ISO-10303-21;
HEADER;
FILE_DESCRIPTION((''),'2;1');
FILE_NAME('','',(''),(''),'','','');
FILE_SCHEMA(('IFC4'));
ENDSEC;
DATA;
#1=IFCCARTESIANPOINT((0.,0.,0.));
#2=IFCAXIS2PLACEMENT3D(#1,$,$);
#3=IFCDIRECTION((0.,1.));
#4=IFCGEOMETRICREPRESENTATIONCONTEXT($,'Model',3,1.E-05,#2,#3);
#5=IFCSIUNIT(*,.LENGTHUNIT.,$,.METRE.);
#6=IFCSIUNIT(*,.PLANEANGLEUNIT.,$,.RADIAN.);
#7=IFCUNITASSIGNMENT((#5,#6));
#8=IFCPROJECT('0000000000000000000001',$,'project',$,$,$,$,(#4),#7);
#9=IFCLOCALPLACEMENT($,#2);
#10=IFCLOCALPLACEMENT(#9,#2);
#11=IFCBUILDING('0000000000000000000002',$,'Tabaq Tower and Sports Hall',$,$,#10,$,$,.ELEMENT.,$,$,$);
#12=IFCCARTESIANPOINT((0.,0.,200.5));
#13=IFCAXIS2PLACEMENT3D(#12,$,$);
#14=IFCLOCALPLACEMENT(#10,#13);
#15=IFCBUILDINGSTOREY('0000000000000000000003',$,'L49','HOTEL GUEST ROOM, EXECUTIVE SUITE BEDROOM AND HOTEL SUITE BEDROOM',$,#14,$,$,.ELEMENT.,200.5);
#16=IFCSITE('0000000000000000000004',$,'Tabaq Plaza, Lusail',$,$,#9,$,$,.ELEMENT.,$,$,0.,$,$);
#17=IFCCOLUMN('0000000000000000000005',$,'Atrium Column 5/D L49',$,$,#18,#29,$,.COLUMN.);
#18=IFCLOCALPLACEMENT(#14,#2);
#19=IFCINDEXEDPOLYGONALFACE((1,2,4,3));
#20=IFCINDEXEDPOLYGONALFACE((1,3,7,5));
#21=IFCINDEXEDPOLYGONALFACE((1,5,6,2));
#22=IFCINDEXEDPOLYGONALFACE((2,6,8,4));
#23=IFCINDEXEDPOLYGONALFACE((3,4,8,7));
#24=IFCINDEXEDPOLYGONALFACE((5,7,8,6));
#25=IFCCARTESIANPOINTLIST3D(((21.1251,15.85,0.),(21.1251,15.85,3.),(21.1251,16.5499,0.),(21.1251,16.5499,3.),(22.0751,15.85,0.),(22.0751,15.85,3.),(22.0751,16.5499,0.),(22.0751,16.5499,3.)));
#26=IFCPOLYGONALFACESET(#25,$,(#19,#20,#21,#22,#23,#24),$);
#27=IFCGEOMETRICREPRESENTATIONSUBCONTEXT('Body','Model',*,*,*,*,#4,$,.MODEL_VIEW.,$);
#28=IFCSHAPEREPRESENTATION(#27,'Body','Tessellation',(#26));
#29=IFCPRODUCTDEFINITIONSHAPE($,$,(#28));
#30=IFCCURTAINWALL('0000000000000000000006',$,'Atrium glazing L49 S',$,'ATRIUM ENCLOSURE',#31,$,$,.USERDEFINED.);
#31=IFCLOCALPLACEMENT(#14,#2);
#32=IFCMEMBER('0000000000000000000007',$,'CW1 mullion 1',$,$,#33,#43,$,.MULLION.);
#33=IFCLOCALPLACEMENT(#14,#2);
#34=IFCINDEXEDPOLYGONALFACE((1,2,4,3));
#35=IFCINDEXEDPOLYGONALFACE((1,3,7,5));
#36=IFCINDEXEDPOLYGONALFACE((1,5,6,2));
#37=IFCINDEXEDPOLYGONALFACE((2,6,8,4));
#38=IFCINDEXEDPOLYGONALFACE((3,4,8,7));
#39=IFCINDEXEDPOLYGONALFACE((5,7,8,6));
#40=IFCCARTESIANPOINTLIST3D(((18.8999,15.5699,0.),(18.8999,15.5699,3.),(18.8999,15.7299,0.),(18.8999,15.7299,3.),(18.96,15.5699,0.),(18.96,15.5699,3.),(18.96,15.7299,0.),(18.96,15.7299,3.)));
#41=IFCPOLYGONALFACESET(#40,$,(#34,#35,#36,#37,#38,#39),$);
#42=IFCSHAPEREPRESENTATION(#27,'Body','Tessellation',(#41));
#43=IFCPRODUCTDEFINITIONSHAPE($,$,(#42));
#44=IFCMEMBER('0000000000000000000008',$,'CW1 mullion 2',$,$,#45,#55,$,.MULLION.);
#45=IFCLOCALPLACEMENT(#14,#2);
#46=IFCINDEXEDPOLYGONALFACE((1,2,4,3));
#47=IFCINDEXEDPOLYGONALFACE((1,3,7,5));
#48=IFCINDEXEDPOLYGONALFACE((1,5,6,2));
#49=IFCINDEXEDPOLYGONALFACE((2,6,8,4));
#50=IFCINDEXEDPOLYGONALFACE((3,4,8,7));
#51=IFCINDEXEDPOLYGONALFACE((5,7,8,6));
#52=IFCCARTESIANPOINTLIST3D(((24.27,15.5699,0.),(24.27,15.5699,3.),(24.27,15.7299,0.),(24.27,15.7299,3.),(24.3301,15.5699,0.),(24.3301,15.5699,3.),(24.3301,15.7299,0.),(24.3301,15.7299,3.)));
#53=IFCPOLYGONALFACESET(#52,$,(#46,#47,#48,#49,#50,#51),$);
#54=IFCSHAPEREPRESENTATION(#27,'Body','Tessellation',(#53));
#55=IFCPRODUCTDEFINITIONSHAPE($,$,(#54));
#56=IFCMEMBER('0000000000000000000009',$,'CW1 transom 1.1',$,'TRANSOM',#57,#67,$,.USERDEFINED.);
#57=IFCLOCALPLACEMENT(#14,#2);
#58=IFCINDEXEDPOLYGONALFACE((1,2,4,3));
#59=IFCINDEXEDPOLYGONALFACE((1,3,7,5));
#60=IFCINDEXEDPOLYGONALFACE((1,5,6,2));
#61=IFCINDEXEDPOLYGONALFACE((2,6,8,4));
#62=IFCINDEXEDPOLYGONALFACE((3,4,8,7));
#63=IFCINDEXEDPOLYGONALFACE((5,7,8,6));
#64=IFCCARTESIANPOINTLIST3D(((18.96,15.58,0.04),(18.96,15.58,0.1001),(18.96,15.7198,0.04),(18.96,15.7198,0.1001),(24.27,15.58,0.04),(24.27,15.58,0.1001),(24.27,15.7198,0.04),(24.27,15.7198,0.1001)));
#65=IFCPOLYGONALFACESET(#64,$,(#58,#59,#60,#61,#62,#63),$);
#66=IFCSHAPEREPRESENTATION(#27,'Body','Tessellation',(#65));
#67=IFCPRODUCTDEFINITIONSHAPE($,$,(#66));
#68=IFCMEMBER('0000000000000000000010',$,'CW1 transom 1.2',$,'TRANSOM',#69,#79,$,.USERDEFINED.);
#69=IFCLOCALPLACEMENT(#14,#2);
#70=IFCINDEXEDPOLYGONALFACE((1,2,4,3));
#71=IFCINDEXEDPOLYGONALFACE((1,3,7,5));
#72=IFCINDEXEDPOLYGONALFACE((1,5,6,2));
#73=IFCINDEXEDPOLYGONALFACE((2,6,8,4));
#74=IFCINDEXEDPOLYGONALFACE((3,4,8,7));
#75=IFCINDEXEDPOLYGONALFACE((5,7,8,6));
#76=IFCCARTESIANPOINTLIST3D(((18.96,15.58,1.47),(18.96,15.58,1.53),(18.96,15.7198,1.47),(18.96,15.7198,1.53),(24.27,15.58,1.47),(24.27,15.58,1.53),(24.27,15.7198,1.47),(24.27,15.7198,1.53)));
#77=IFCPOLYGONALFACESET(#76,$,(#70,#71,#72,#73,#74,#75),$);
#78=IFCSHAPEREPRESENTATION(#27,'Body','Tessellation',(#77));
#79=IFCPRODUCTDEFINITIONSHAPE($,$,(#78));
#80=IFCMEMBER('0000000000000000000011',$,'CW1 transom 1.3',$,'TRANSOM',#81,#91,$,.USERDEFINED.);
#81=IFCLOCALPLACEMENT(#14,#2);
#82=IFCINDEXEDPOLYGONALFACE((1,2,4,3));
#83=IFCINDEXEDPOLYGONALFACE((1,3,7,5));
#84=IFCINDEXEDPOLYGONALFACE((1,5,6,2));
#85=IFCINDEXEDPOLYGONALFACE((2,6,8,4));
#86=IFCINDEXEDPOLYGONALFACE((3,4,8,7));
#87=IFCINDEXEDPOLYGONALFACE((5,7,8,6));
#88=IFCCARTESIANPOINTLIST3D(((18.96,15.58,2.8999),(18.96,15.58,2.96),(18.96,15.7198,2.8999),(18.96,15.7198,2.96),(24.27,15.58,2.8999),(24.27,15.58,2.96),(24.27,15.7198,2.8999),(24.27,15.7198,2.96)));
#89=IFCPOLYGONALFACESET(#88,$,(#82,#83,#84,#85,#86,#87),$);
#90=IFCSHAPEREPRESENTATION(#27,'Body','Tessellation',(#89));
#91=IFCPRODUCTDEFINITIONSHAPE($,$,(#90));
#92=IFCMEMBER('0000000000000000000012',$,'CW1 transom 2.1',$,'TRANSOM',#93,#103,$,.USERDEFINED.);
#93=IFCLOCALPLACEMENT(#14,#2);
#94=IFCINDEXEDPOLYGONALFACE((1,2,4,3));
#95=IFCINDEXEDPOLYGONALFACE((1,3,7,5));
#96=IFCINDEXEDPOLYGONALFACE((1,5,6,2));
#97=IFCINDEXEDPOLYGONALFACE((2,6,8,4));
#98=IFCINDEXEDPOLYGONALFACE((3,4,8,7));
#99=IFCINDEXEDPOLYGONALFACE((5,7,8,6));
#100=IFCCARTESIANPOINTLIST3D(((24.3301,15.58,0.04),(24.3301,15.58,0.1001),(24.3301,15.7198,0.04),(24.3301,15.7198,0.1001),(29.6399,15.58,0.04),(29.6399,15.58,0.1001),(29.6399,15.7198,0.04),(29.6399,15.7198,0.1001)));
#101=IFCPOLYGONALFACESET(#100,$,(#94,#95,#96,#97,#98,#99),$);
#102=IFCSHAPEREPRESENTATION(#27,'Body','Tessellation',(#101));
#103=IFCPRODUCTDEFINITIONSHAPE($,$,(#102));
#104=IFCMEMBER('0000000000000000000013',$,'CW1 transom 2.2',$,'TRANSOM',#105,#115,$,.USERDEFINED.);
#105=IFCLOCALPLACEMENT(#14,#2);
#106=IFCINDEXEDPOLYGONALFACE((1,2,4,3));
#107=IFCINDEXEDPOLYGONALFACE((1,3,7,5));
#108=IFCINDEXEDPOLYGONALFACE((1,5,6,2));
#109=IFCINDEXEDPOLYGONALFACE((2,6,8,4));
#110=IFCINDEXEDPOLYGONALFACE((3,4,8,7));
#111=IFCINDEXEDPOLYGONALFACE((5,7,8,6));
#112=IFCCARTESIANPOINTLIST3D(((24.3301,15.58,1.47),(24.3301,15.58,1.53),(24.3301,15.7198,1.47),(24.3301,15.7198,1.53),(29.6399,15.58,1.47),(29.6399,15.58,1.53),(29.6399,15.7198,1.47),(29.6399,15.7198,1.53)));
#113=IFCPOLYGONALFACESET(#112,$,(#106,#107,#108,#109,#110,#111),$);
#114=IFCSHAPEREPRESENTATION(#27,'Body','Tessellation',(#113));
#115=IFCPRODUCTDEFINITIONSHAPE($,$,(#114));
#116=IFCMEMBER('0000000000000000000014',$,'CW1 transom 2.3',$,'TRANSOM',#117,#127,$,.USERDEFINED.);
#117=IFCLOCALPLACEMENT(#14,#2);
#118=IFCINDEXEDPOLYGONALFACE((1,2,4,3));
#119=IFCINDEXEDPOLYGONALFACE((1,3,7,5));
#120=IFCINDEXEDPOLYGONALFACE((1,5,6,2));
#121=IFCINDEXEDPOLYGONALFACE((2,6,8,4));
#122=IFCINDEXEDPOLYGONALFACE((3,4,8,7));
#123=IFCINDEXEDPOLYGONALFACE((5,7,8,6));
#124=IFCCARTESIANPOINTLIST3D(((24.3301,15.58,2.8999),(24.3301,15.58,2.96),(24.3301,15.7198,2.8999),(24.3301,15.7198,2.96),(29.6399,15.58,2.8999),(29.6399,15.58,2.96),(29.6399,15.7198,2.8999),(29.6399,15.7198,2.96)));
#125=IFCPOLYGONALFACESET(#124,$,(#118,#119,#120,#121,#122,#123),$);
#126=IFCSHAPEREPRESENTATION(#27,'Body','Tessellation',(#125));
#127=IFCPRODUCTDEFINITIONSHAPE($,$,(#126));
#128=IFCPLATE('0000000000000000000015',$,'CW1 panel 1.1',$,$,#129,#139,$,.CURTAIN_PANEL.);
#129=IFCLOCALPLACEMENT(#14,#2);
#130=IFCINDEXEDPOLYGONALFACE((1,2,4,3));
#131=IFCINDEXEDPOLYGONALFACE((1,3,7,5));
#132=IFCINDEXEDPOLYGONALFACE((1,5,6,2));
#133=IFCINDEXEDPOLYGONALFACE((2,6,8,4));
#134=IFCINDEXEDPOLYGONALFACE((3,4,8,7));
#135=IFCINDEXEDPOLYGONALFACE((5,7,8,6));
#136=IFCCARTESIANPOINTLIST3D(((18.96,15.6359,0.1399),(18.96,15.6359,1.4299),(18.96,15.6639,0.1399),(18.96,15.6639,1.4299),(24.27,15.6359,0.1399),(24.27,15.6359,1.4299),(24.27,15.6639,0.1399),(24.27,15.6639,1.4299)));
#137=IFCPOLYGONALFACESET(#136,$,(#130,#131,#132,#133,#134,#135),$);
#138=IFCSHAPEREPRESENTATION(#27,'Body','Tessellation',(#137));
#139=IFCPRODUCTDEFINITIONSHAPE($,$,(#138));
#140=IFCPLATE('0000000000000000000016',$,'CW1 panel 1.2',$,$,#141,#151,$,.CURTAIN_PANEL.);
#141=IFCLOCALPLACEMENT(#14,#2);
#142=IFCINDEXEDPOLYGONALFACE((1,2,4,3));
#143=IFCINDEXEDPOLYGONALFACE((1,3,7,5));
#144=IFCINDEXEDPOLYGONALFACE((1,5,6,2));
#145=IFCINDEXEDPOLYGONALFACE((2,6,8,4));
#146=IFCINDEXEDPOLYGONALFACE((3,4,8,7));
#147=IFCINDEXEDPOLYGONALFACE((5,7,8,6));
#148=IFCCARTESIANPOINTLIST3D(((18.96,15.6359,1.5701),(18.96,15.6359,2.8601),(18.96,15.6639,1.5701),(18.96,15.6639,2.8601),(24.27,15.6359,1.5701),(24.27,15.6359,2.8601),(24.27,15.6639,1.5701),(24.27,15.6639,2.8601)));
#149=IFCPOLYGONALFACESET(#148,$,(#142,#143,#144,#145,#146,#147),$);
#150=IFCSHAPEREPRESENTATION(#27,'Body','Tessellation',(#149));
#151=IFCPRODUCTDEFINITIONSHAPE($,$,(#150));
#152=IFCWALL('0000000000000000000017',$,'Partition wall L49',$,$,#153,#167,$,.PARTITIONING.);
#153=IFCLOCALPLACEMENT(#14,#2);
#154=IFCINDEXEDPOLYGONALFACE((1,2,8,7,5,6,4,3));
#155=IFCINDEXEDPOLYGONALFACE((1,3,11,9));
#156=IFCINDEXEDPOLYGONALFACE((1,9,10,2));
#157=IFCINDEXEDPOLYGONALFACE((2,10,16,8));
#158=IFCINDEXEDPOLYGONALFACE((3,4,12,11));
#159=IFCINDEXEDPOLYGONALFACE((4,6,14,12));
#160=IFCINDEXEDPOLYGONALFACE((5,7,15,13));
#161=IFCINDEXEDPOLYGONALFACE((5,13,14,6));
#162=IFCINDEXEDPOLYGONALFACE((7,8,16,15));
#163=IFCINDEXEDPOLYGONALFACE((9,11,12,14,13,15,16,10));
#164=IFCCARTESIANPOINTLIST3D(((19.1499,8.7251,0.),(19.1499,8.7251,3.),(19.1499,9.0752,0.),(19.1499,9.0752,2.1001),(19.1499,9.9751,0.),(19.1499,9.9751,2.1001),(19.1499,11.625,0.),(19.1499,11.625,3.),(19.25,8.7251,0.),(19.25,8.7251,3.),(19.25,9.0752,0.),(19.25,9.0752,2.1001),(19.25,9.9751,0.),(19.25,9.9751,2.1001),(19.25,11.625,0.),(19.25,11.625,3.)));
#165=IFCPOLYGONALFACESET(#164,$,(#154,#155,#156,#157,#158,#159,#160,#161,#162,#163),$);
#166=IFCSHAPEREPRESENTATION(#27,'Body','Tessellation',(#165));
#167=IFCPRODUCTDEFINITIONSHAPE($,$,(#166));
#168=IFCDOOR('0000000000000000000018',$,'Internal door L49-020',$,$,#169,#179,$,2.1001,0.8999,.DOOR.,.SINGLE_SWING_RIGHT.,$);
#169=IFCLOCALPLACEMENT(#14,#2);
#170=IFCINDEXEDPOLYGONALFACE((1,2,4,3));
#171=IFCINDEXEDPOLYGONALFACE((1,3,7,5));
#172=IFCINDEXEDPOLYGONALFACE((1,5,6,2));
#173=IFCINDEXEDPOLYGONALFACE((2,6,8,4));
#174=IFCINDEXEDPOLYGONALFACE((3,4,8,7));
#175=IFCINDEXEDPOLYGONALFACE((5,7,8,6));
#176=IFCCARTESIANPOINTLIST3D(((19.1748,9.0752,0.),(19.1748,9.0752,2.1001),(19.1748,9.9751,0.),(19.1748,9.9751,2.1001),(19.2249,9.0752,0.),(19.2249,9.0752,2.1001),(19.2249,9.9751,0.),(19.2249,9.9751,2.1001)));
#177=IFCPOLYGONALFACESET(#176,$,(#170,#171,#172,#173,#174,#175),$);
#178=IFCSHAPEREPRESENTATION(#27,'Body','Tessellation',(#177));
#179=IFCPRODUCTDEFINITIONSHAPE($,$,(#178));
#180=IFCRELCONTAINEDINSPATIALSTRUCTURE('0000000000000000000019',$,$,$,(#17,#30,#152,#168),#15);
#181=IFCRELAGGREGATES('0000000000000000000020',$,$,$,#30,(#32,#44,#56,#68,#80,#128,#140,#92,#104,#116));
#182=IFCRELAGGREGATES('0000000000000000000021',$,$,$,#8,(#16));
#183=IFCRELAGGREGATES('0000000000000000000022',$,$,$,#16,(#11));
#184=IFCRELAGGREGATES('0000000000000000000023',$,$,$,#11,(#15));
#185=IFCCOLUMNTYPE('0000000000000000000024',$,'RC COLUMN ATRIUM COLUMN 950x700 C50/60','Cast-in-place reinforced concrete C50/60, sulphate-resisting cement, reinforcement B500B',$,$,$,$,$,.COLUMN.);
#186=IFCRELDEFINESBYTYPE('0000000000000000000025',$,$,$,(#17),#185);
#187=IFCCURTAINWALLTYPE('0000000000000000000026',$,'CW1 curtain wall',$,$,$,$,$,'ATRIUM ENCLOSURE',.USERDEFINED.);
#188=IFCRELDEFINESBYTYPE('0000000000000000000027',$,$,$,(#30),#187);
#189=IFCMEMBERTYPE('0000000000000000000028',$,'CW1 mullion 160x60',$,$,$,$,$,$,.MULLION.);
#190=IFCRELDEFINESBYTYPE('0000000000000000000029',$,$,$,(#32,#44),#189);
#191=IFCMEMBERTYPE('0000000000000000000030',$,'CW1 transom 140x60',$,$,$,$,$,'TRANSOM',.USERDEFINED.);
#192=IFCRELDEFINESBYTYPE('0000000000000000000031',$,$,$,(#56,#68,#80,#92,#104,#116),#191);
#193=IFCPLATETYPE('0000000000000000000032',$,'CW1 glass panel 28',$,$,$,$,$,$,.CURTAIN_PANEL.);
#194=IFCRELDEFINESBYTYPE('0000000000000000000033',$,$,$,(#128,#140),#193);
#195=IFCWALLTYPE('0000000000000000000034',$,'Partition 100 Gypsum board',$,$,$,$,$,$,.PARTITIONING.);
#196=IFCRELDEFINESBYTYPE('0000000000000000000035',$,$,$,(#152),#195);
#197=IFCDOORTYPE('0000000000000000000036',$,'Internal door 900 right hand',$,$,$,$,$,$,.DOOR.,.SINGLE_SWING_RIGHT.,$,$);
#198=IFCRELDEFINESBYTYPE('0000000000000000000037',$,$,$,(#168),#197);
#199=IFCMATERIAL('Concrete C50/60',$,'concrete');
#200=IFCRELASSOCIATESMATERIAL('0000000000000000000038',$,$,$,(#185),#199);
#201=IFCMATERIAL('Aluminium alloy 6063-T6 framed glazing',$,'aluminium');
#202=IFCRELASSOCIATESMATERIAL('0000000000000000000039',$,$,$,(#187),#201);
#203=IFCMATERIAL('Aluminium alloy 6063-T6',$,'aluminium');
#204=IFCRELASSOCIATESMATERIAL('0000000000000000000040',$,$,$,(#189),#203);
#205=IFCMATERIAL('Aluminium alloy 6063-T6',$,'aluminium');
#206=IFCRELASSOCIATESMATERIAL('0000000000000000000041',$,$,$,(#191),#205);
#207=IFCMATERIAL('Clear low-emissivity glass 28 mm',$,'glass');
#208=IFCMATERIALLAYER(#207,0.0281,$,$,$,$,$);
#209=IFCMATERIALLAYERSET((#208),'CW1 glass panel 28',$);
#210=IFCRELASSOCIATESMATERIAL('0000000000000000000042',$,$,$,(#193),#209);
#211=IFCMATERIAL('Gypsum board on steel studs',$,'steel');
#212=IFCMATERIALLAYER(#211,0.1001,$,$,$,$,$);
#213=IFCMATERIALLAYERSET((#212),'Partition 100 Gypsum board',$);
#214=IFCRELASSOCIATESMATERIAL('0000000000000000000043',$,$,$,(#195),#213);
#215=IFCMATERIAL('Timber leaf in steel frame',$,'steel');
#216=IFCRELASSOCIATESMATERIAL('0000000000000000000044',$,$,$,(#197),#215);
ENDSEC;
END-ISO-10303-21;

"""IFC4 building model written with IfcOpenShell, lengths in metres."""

from ifc_helpers import new_model, si_unit, direction, frame, frame_2d, origin, origin_2d, place, context, subcontext, project, spatial, rectangle, extrude, material, layer, layer_set, material_profile, profile_set, type_object, element, fill, aggregate, save


model = new_model("IFC4")

# Units and contexts
model_context = context("Model", 3, precision=1e-05, world=origin(), true_north=direction((0.0, 1.0)))
body_context = subcontext(model_context, "Body", "Model", "MODEL_VIEW")
ifc_project = project(units=[si_unit("LENGTHUNIT", "METRE"), si_unit("PLANEANGLEUNIT", "RADIAN")], contexts=[model_context])

# Site, building, storey
site_placement = place(None, origin())
site = spatial("IfcSite", under=ifc_project, at=site_placement, Name="Tabaq Plaza, Lusail", CompositionType="ELEMENT", RefElevation=0.0)
building_placement = place(site_placement, origin())
building = spatial("IfcBuilding", under=site, at=building_placement, Name="Tabaq Tower and Sports Hall", CompositionType="ELEMENT")
storey_placement = place(building_placement, frame((0.0, 0.0, 200.5)))
storey = spatial("IfcBuildingStorey", under=building, at=storey_placement, Name="L49", Description="HOTEL GUEST ROOM, EXECUTIVE SUITE BEDROOM AND HOTEL SUITE BEDROOM", CompositionType="ELEMENT", Elevation=200.5)

# Column
ifc_material_1 = material(Name="Concrete C50/60", Category="concrete")
ifc_material_profile_1 = material_profile(ifc_material_1, rectangle(XDim=0.95, YDim=0.7, at=origin_2d()), Name="ATRIUM COLUMN 950x700")
ifc_profile_set_1 = profile_set([ifc_material_profile_1], Name="Concrete C50/60")
column_type = type_object("IfcColumnType", Name="RC COLUMN ATRIUM COLUMN 950x700 C50/60", Description="Cast-in-place reinforced concrete C50/60, sulphate-resisting cement, reinforcement B500B", PredefinedType="COLUMN", material=ifc_profile_set_1)
column_placement = place(storey_placement, frame((21.6001, 16.2, 0.0), z_axis=(0.0, 0.0, 1.0), x_axis=(1.0, 0.0, 0.0)))
element("IfcColumn", 1, at=column_placement, inside=storey, type_object=column_type, Name="Atrium Column 5/D L49", PredefinedType="COLUMN", context=body_context, shape_type="SweptSolid", body=[
    extrude(rectangle(XDim=0.95, YDim=0.7, at=origin_2d()), origin(), (0.0, 0.0, 1.0), 3.0),
])

# Curtain wall, members, plates
ifc_material_2 = material(Name="Aluminium alloy 6063-T6 framed glazing", Category="aluminium")
curtain_wall_type = type_object("IfcCurtainWallType", Name="CW1 curtain wall", ElementType="ATRIUM ENCLOSURE", PredefinedType="USERDEFINED", material=ifc_material_2)
curtain_wall_placement = place(storey_placement, origin())
curtain_wall = element("IfcCurtainWall", 2, at=curtain_wall_placement, inside=storey, type_object=curtain_wall_type, Name="Atrium glazing L49 S", ObjectType="ATRIUM ENCLOSURE", PredefinedType="USERDEFINED")
ifc_material_3 = material(Name="Aluminium alloy 6063-T6", Category="aluminium")
ifc_material_profile_2 = material_profile(ifc_material_3, rectangle(XDim=0.1599, YDim=0.0601, at=origin_2d()), Name="MULLION 160x60")
ifc_profile_set_2 = profile_set([ifc_material_profile_2], Name="Aluminium alloy 6063-T6")
member_type_1 = type_object("IfcMemberType", Name="CW1 mullion 160x60", PredefinedType="MULLION", material=ifc_profile_set_2)
member_1_placement = place(storey_placement, frame((18.9299, 15.6499, 0.0), z_axis=(0.0, 0.0, 1.0), x_axis=(0.0, 1.0, 0.0)))
member_1 = element("IfcMember", 3, at=member_1_placement, type_object=member_type_1, Name="CW1 mullion 1", PredefinedType="MULLION", context=body_context, shape_type="SweptSolid", body=[
    extrude(rectangle(XDim=0.1599, YDim=0.0601, at=origin_2d()), origin(), (0.0, 0.0, 1.0), 3.0),
])
member_2_placement = place(storey_placement, frame((24.3, 15.6499, 0.0), z_axis=(0.0, 0.0, 1.0), x_axis=(0.0, 1.0, 0.0)))
member_2 = element("IfcMember", 4, at=member_2_placement, type_object=member_type_1, Name="CW1 mullion 2", PredefinedType="MULLION", context=body_context, shape_type="SweptSolid", body=[
    extrude(rectangle(XDim=0.1599, YDim=0.0601, at=origin_2d()), origin(), (0.0, 0.0, 1.0), 3.0),
])
ifc_material_4 = material(Name="Aluminium alloy 6063-T6", Category="aluminium")
ifc_material_profile_3 = material_profile(ifc_material_4, rectangle(XDim=0.1399, YDim=0.0601, at=origin_2d()), Name="TRANSOM 140x60")
ifc_profile_set_3 = profile_set([ifc_material_profile_3], Name="Aluminium alloy 6063-T6")
member_type_2 = type_object("IfcMemberType", Name="CW1 transom 140x60", ElementType="TRANSOM", PredefinedType="USERDEFINED", material=ifc_profile_set_3)
member_3_placement = place(storey_placement, frame((18.96, 15.6499, 0.0701), z_axis=(1.0, 0.0, 0.0), x_axis=(0.0, 1.0, 0.0)))
member_3 = element("IfcMember", 5, at=member_3_placement, type_object=member_type_2, Name="CW1 transom 1.1", ObjectType="TRANSOM", PredefinedType="USERDEFINED", context=body_context, shape_type="SweptSolid", body=[
    extrude(rectangle(XDim=0.1399, YDim=0.0601, at=origin_2d()), origin(), (0.0, 0.0, 1.0), 5.3101),
])
member_4_placement = place(storey_placement, frame((18.96, 15.6499, 1.5), z_axis=(1.0, 0.0, 0.0), x_axis=(0.0, 1.0, 0.0)))
member_4 = element("IfcMember", 6, at=member_4_placement, type_object=member_type_2, Name="CW1 transom 1.2", ObjectType="TRANSOM", PredefinedType="USERDEFINED", context=body_context, shape_type="SweptSolid", body=[
    extrude(rectangle(XDim=0.1399, YDim=0.0601, at=origin_2d()), origin(), (0.0, 0.0, 1.0), 5.3101),
])
member_5_placement = place(storey_placement, frame((18.96, 15.6499, 2.9299), z_axis=(1.0, 0.0, 0.0), x_axis=(0.0, 1.0, 0.0)))
member_5 = element("IfcMember", 7, at=member_5_placement, type_object=member_type_2, Name="CW1 transom 1.3", ObjectType="TRANSOM", PredefinedType="USERDEFINED", context=body_context, shape_type="SweptSolid", body=[
    extrude(rectangle(XDim=0.1399, YDim=0.0601, at=origin_2d()), origin(), (0.0, 0.0, 1.0), 5.3101),
])
member_6_placement = place(storey_placement, frame((24.3301, 15.6499, 0.0701), z_axis=(1.0, 0.0, 0.0), x_axis=(0.0, 1.0, 0.0)))
member_6 = element("IfcMember", 8, at=member_6_placement, type_object=member_type_2, Name="CW1 transom 2.1", ObjectType="TRANSOM", PredefinedType="USERDEFINED", context=body_context, shape_type="SweptSolid", body=[
    extrude(rectangle(XDim=0.1399, YDim=0.0601, at=origin_2d()), origin(), (0.0, 0.0, 1.0), 5.3098),
])
member_7_placement = place(storey_placement, frame((24.3301, 15.6499, 1.5), z_axis=(1.0, 0.0, 0.0), x_axis=(0.0, 1.0, 0.0)))
member_7 = element("IfcMember", 9, at=member_7_placement, type_object=member_type_2, Name="CW1 transom 2.2", ObjectType="TRANSOM", PredefinedType="USERDEFINED", context=body_context, shape_type="SweptSolid", body=[
    extrude(rectangle(XDim=0.1399, YDim=0.0601, at=origin_2d()), origin(), (0.0, 0.0, 1.0), 5.3098),
])
member_8_placement = place(storey_placement, frame((24.3301, 15.6499, 2.9299), z_axis=(1.0, 0.0, 0.0), x_axis=(0.0, 1.0, 0.0)))
member_8 = element("IfcMember", 10, at=member_8_placement, type_object=member_type_2, Name="CW1 transom 2.3", ObjectType="TRANSOM", PredefinedType="USERDEFINED", context=body_context, shape_type="SweptSolid", body=[
    extrude(rectangle(XDim=0.1399, YDim=0.0601, at=origin_2d()), origin(), (0.0, 0.0, 1.0), 5.3098),
])
ifc_material_5 = material(Name="Clear low-emissivity glass 28 mm", Category="glass")
ifc_layer_1 = layer(ifc_material_5, 0.0281)
ifc_layer_set_1 = layer_set([ifc_layer_1], Name="CW1 glass panel 28")
plate_type = type_object("IfcPlateType", Name="CW1 glass panel 28", PredefinedType="CURTAIN_PANEL", material=ifc_layer_set_1)
plate_1_placement = place(storey_placement, frame((21.615, 15.6499, 0.1399), z_axis=(0.0, 0.0, 1.0), x_axis=(1.0, 0.0, 0.0)))
plate_1 = element("IfcPlate", 11, at=plate_1_placement, type_object=plate_type, Name="CW1 panel 1.1", PredefinedType="CURTAIN_PANEL", context=body_context, shape_type="SweptSolid", body=[
    extrude(rectangle(XDim=5.3101, YDim=0.0281, at=origin_2d()), origin(), (0.0, 0.0, 1.0), 1.29),
])
plate_2_placement = place(storey_placement, frame((21.615, 15.6499, 1.5701), z_axis=(0.0, 0.0, 1.0), x_axis=(1.0, 0.0, 0.0)))
plate_2 = element("IfcPlate", 12, at=plate_2_placement, type_object=plate_type, Name="CW1 panel 1.2", PredefinedType="CURTAIN_PANEL", context=body_context, shape_type="SweptSolid", body=[
    extrude(rectangle(XDim=5.3101, YDim=0.0281, at=origin_2d()), origin(), (0.0, 0.0, 1.0), 1.29),
])
aggregate(curtain_wall, [member_1, member_2, member_3, member_4, member_5, plate_1, plate_2, member_6, member_7, member_8])

# Wall, opening, door
ifc_material_6 = material(Name="Gypsum board on steel studs", Category="steel")
ifc_layer_2 = layer(ifc_material_6, 0.1001)
ifc_layer_set_2 = layer_set([ifc_layer_2], Name="Partition 100 Gypsum board")
wall_type_1 = type_object("IfcWallType", Name="Partition 100 Gypsum board", PredefinedType="PARTITIONING", material=ifc_layer_set_2)
wall_1_placement = place(storey_placement, frame((19.2, 11.625, 0.0), z_axis=(0.0, 0.0, 1.0), x_axis=(0.0, -1.0, 0.0)))
wall_1 = element("IfcWall", 13, at=wall_1_placement, inside=storey, type_object=wall_type_1, Name="Partition wall L49", PredefinedType="PARTITIONING", context=body_context, shape_type="SweptSolid", body=[
    extrude(rectangle(XDim=2.8999, YDim=0.1001, at=frame_2d((1.45, 0.0))), origin(), (0.0, 0.0, 1.0), 3.0),
])
opening_1_placement = place(wall_1_placement, frame((1.6499, 0.0, 0.0)))
opening_1 = element("IfcOpeningElement", 14, at=opening_1_placement, cuts=wall_1, PredefinedType="OPENING", context=body_context, shape_type="SweptSolid", body=[
    extrude(rectangle(XDim=0.8999, YDim=2.1001, at=frame_2d((0.45, 1.05))), frame((0.0, 0.05, 0.0), z_axis=(0.0, -1.0, 0.0), x_axis=(1.0, 0.0, 0.0)), (0.0, 0.0, 1.0), 0.1001),
])
ifc_material_7 = material(Name="Timber leaf in steel frame", Category="steel")
door_type_1 = type_object("IfcDoorType", Name="Internal door 900 right hand", OperationType="SINGLE_SWING_RIGHT", PredefinedType="DOOR", material=ifc_material_7)
door_1_placement = place(opening_1_placement, origin())
door_1 = element("IfcDoor", 15, at=door_1_placement, inside=storey, type_object=door_type_1, Name="Internal door L49-020", OperationType="SINGLE_SWING_RIGHT", OverallHeight=2.1001, OverallWidth=0.8999, PredefinedType="DOOR", context=body_context, shape_type="SweptSolid", body=[
    extrude(rectangle(XDim=0.8999, YDim=2.1001, at=frame_2d((0.45, 1.05))), frame((0.0, 0.0249, 0.0), z_axis=(0.0, -1.0, 0.0), x_axis=(1.0, 0.0, 0.0)), (0.0, 0.0, 1.0), 0.05),
])
fill(opening_1, door_1)

save(model, "model.ifc")
